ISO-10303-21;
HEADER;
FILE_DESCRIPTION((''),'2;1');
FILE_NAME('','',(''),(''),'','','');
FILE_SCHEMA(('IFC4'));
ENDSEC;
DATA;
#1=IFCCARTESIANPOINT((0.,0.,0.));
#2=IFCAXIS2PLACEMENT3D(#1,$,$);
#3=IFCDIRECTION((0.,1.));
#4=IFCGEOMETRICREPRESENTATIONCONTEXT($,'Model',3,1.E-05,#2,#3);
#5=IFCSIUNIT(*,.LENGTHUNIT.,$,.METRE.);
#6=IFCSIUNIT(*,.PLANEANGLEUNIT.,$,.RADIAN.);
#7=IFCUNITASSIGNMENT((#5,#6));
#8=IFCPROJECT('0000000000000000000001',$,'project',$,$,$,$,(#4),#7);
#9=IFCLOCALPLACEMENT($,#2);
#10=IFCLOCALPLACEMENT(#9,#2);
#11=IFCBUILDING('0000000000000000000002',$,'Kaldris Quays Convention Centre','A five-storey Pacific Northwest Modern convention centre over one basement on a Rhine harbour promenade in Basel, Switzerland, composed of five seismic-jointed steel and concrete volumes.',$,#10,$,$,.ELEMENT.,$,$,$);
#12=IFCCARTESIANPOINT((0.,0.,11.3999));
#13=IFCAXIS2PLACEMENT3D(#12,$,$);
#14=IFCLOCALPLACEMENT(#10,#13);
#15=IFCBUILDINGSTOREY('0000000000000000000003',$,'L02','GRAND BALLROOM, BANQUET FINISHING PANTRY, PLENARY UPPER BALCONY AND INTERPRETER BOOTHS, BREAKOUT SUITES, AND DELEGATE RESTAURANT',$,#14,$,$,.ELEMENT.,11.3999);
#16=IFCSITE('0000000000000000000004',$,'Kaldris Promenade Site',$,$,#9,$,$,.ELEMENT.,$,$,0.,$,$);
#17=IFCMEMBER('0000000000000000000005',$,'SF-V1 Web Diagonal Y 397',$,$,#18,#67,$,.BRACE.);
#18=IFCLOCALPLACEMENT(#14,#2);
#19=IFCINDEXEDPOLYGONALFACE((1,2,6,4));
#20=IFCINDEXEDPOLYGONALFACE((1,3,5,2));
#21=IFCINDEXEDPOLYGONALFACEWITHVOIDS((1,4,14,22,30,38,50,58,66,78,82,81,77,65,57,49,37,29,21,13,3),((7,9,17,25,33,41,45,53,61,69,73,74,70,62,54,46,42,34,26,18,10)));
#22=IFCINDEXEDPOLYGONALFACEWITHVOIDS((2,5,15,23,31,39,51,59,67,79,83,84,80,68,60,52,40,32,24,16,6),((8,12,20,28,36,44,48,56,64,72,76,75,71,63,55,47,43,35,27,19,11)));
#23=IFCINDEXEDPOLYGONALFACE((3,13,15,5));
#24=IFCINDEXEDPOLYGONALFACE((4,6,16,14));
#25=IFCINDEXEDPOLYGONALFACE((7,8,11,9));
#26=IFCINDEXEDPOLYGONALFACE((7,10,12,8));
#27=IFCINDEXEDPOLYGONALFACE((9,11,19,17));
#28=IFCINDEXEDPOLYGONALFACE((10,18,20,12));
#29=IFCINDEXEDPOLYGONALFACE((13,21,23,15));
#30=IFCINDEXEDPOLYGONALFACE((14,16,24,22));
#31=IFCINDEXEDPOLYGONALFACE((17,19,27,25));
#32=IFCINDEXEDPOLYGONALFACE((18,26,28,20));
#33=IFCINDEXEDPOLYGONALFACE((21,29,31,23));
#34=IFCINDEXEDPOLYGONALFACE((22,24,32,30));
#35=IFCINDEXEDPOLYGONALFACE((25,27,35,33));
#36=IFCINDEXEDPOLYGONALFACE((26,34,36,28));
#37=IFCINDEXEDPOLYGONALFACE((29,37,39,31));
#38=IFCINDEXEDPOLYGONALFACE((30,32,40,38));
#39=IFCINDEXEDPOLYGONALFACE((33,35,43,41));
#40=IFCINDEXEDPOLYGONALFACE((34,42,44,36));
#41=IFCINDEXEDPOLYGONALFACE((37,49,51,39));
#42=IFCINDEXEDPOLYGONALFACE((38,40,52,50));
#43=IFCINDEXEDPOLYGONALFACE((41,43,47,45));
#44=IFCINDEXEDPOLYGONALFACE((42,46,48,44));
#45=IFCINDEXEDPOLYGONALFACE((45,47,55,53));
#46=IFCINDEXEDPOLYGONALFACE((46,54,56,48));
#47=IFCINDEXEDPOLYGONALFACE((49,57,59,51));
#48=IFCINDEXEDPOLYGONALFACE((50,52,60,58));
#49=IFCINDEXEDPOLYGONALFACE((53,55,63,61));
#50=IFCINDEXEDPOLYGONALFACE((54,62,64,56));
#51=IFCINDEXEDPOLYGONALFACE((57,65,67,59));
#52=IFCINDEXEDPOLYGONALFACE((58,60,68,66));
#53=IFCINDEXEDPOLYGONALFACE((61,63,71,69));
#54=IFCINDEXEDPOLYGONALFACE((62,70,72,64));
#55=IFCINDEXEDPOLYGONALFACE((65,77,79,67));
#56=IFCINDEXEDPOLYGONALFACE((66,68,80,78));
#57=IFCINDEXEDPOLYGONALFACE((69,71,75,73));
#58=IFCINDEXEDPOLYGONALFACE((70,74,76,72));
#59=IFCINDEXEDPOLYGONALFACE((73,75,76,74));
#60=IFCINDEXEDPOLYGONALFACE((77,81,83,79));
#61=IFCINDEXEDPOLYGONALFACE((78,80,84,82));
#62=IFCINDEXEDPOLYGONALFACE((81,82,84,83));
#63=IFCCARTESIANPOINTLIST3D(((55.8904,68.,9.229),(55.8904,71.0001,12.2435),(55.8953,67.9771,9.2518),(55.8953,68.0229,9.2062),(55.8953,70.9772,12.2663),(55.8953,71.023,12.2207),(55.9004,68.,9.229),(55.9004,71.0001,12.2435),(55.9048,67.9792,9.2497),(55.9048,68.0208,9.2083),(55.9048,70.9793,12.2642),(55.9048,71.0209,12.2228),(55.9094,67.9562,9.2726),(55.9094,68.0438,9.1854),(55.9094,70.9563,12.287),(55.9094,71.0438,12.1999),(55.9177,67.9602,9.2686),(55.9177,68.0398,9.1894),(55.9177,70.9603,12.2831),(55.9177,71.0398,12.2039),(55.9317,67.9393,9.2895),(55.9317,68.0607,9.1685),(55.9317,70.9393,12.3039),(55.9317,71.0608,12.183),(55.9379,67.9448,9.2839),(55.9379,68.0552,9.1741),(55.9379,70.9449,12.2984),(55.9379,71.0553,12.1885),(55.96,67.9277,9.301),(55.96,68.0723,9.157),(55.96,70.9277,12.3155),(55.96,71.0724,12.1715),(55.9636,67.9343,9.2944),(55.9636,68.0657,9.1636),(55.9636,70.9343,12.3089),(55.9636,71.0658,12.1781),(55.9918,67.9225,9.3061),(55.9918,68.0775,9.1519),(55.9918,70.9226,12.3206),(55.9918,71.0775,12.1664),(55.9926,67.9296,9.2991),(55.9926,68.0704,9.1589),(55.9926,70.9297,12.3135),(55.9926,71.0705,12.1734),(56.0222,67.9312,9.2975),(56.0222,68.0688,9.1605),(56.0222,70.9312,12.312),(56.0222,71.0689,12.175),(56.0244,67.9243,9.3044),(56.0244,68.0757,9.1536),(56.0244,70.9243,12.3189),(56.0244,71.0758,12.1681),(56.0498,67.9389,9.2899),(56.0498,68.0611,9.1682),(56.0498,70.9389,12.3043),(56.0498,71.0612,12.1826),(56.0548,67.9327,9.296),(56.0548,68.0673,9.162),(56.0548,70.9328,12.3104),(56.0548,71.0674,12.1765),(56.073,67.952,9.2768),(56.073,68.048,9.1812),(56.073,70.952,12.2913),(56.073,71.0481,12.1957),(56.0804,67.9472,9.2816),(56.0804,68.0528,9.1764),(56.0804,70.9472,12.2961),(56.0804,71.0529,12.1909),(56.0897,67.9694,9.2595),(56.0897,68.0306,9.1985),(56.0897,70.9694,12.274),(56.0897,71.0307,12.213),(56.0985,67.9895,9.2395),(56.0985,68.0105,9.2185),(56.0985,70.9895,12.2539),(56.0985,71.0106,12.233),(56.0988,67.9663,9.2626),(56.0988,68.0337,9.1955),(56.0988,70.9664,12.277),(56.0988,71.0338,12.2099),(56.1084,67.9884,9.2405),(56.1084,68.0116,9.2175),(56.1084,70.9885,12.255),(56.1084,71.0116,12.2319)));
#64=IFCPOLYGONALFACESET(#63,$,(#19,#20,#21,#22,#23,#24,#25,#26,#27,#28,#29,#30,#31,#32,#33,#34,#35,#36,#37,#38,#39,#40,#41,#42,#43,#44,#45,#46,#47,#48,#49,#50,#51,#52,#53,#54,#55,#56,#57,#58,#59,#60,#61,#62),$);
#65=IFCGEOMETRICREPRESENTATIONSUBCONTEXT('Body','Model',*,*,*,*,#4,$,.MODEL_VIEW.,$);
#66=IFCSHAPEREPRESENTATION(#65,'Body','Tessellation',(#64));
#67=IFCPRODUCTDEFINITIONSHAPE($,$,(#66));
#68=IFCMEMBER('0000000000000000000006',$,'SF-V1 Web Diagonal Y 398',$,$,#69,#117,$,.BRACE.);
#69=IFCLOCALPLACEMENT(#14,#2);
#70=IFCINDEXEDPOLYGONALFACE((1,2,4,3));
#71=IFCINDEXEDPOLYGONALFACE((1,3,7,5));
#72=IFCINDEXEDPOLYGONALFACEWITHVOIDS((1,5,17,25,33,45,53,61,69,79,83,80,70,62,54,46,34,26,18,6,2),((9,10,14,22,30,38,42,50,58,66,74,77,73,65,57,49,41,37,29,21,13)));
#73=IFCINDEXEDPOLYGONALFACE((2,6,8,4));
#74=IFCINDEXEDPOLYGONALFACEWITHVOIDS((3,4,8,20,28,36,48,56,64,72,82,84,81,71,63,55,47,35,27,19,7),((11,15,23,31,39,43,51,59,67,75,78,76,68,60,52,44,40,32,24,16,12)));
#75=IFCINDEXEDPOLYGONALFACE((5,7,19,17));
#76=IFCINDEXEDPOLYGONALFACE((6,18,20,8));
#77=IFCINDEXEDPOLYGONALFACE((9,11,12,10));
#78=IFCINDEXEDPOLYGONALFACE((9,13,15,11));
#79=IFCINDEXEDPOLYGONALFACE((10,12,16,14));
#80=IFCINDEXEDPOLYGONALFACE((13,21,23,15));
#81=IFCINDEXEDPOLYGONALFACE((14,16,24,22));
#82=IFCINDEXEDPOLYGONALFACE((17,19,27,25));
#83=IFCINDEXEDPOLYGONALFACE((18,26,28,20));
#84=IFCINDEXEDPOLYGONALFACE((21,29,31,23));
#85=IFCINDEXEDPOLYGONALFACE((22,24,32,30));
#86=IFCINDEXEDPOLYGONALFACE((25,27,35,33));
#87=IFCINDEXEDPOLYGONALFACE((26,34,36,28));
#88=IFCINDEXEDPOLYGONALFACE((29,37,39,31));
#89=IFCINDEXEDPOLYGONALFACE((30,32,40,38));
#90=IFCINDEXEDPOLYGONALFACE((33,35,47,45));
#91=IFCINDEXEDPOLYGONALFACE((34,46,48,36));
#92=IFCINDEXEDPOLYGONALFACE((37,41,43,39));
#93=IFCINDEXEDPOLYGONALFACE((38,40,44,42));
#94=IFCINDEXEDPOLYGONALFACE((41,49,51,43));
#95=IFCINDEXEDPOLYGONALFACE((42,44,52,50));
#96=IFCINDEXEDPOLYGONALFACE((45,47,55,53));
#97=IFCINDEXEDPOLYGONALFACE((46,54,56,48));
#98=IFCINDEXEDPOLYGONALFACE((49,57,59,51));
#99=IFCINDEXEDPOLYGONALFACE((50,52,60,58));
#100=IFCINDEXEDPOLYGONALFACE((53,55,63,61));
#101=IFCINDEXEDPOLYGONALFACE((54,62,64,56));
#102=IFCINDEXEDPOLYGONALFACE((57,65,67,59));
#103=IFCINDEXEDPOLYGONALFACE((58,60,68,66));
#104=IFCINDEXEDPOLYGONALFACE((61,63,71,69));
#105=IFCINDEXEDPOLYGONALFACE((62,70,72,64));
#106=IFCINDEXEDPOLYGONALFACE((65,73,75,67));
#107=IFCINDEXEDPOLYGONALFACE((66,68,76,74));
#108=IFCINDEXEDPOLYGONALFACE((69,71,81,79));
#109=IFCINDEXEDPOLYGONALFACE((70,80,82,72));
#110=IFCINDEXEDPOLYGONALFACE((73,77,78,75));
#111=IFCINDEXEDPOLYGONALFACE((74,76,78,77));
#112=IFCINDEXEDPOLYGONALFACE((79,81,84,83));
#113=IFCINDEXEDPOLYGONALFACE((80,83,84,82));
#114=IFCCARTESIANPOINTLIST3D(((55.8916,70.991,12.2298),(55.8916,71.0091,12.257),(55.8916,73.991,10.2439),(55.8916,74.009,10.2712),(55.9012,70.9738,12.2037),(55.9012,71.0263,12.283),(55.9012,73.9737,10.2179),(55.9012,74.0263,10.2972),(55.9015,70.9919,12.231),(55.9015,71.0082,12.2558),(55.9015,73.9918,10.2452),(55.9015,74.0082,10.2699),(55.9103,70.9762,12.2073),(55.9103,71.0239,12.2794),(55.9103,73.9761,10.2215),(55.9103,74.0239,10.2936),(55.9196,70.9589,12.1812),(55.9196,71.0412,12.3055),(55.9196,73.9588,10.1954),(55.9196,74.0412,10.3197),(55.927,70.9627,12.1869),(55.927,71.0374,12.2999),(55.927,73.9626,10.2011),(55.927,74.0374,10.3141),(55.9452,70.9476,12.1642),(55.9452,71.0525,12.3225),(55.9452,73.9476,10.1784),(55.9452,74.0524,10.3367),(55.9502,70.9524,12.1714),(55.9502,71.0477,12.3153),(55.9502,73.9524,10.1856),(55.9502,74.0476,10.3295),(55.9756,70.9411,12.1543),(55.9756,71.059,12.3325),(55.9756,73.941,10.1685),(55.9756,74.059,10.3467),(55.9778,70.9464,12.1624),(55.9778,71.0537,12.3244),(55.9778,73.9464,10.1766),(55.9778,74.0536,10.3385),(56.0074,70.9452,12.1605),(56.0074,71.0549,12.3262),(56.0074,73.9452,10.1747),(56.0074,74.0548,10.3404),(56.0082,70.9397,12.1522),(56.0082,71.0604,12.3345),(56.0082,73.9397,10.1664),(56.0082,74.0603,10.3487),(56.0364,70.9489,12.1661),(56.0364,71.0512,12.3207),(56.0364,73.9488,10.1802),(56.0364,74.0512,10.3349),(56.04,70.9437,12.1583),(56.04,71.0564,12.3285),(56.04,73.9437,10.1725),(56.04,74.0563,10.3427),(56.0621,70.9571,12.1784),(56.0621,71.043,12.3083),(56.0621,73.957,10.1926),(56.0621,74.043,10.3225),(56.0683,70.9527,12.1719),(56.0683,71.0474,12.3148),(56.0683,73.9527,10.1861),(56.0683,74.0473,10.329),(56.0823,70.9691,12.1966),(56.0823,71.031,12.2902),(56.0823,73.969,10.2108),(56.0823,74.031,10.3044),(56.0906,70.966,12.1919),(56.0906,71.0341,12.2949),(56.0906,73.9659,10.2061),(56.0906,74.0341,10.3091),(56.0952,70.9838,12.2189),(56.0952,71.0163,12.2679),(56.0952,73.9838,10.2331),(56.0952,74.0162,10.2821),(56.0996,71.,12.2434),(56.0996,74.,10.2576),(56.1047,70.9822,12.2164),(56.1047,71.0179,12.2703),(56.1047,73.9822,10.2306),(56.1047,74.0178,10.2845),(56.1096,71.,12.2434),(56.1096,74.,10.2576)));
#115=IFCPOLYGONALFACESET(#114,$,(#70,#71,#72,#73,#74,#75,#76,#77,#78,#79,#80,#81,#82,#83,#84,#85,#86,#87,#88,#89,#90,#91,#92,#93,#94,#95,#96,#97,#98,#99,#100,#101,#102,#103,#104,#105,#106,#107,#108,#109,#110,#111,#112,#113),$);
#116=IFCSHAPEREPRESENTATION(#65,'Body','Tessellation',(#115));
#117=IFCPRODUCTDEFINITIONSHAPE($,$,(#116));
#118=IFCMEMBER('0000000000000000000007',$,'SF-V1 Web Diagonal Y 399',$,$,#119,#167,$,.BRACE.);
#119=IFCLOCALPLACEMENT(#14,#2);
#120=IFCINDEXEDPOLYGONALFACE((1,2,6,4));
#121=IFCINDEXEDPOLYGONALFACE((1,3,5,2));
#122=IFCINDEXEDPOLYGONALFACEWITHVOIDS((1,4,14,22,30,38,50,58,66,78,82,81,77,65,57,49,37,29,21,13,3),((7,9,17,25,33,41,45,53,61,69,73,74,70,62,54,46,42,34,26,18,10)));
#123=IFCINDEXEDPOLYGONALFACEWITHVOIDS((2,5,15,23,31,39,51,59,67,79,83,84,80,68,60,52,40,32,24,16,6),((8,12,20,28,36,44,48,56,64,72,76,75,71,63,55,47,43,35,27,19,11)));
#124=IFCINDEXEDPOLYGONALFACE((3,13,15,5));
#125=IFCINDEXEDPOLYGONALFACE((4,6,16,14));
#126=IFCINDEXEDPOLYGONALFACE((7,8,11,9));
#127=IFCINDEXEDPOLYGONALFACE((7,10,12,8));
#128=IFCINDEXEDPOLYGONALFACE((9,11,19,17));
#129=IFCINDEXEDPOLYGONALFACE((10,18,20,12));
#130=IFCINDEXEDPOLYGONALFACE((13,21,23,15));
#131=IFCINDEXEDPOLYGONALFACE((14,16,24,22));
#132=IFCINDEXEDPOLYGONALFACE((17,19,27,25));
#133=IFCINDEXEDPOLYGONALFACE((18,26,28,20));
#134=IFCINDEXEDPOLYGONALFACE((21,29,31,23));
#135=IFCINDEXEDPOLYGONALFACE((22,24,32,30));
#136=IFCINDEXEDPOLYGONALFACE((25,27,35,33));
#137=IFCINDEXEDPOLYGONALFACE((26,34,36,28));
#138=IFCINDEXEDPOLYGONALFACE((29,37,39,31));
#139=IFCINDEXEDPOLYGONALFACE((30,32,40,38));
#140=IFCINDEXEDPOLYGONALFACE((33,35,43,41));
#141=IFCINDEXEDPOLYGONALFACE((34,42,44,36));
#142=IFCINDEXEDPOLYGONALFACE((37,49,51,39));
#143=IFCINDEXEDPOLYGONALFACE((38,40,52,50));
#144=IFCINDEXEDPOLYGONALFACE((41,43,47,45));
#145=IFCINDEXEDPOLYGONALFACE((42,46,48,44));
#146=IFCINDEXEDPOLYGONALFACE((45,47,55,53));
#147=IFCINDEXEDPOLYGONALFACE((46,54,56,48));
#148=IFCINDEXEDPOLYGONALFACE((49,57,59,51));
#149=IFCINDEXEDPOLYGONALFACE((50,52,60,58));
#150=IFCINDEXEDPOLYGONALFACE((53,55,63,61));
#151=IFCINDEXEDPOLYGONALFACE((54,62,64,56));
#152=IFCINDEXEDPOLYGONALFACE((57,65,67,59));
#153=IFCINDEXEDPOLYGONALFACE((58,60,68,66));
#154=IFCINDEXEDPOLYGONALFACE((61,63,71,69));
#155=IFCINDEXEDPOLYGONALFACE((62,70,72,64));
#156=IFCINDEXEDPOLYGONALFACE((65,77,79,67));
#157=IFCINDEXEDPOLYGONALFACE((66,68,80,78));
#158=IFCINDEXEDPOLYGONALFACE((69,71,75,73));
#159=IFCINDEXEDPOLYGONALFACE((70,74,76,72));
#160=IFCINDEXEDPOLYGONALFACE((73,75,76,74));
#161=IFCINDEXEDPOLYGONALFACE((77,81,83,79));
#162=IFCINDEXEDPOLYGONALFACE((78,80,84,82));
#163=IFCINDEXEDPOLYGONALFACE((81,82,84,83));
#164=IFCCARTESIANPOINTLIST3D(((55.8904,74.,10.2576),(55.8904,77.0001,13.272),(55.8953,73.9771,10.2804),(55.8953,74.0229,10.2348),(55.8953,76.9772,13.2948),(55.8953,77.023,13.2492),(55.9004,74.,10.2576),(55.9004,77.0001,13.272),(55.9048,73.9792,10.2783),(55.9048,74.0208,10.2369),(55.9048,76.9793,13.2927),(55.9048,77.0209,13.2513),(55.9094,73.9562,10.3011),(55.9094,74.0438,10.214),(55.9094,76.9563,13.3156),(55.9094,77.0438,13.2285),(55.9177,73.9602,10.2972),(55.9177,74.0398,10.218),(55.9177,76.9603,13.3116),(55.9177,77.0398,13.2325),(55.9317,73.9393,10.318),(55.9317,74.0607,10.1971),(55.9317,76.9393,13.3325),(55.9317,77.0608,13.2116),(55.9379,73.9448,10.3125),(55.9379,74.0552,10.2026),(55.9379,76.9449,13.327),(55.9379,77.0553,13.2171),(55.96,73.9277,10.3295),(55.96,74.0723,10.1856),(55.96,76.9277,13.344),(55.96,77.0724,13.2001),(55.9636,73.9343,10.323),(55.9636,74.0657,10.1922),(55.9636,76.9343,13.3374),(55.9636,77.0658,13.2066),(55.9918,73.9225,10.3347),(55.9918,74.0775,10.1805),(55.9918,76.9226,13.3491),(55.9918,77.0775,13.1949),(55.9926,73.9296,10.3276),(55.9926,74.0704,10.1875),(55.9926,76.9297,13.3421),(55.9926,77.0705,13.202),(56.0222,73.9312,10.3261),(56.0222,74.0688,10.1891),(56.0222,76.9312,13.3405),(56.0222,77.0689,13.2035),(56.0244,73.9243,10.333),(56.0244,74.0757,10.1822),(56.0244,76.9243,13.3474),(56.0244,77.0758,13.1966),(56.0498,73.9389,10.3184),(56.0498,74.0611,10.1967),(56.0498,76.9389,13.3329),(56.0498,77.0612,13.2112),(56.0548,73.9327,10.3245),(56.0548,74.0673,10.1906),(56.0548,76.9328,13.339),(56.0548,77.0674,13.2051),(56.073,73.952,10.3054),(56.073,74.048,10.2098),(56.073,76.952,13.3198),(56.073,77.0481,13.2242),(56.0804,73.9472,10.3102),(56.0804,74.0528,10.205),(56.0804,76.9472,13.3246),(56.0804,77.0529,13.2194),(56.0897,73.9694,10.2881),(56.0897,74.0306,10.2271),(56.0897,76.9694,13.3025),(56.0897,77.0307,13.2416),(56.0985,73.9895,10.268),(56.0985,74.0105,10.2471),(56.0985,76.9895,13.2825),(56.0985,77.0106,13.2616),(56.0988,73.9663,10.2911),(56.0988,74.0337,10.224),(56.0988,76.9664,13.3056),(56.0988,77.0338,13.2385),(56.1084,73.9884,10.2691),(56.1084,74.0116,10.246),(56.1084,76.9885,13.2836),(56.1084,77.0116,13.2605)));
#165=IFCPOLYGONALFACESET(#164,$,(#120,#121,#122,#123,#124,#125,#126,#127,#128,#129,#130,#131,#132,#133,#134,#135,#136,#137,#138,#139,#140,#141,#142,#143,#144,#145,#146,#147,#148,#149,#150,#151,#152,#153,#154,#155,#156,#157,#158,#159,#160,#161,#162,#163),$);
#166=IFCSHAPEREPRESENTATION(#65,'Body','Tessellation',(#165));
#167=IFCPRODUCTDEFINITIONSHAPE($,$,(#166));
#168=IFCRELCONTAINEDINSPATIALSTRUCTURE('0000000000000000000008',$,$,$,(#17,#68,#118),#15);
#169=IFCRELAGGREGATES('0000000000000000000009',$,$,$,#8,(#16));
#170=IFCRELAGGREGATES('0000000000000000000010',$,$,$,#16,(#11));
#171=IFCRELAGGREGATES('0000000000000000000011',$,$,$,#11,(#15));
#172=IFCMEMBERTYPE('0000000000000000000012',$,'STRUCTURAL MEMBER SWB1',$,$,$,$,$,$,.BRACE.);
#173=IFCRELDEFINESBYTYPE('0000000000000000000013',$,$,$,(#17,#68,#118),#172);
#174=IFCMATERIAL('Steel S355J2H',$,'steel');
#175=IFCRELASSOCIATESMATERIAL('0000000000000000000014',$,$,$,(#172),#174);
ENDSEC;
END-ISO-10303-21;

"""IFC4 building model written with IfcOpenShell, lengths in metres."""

from ifc_helpers import new_model, si_unit, direction, frame, origin, origin_2d, place, context, subcontext, project, spatial, hollow_circle, extrude, material, material_profile, profile_set, type_object, element, save


model = new_model("IFC4")

# Units and contexts
model_context = context("Model", 3, precision=1e-05, world=origin(), true_north=direction((0.0, 1.0)))
body_context = subcontext(model_context, "Body", "Model", "MODEL_VIEW")
ifc_project = project(units=[si_unit("LENGTHUNIT", "METRE"), si_unit("PLANEANGLEUNIT", "RADIAN")], contexts=[model_context])

# Site, building, storey
site_placement = place(None, origin())
site = spatial("IfcSite", under=ifc_project, at=site_placement, Name="Kaldris Promenade Site", CompositionType="ELEMENT", RefElevation=0.0)
building_placement = place(site_placement, origin())
building = spatial("IfcBuilding", under=site, at=building_placement, Name="Kaldris Quays Convention Centre", Description="A five-storey Pacific Northwest Modern convention centre over one basement on a Rhine harbour promenade in Basel, Switzerland, composed of five seismic-jointed steel and concrete volumes.", CompositionType="ELEMENT")
storey_placement = place(building_placement, frame((0.0, 0.0, 11.3999)))
storey = spatial("IfcBuildingStorey", under=building, at=storey_placement, Name="L02", Description="GRAND BALLROOM, BANQUET FINISHING PANTRY, PLENARY UPPER BALCONY AND INTERPRETER BOOTHS, BREAKOUT SUITES, AND DELEGATE RESTAURANT", CompositionType="ELEMENT", Elevation=11.3999)

# Members
ifc_material = material(Name="Steel S355J2H", Category="steel")
ifc_material_profile_1 = material_profile(ifc_material, hollow_circle(Radius=0.1096, WallThickness=0.01, at=origin_2d()), Name="CHS 219.1x10")
ifc_profile_set_1 = profile_set([ifc_material_profile_1], Name="Steel S355J2H")
member_type_1 = type_object("IfcMemberType", Name="STRUCTURAL MEMBER SWB1", PredefinedType="BRACE", material=ifc_profile_set_1)
member_1_placement = place(storey_placement, frame((56.0, 68.0, 9.229), z_axis=(0.0, 0.705411, 0.708798), x_axis=(-1.0, 0.0, 0.0)))
element("IfcMember", 1, at=member_1_placement, inside=storey, type_object=member_type_1, Name="SF-V1 Web Diagonal Y 397", PredefinedType="BRACE", context=body_context, shape_type="SweptSolid", body=[
    extrude(hollow_circle(Radius=0.1096, WallThickness=0.01, at=origin_2d()), origin(), (0.0, 0.0, 1.0), 4.2529),
])
member_2_placement = place(storey_placement, frame((56.0, 74.0, 10.2576), z_axis=(0.0, -0.833862, 0.551972), x_axis=(1.0, 0.0, 0.0)))
element("IfcMember", 2, at=member_2_placement, inside=storey, type_object=member_type_1, Name="SF-V1 Web Diagonal Y 398", PredefinedType="BRACE", context=body_context, shape_type="SweptSolid", body=[
    extrude(hollow_circle(Radius=0.1096, WallThickness=0.01, at=origin_2d()), origin(), (0.0, 0.0, 1.0), 3.5977),
])
member_3_placement = place(storey_placement, frame((56.0, 74.0, 10.2576), z_axis=(0.0, 0.705411, 0.708798), x_axis=(-1.0, 0.0, 0.0)))
element("IfcMember", 3, at=member_3_placement, inside=storey, type_object=member_type_1, Name="SF-V1 Web Diagonal Y 399", PredefinedType="BRACE", context=body_context, shape_type="SweptSolid", body=[
    extrude(hollow_circle(Radius=0.1096, WallThickness=0.01, at=origin_2d()), origin(), (0.0, 0.0, 1.0), 4.2529),
])

save(model, "model.ifc")
